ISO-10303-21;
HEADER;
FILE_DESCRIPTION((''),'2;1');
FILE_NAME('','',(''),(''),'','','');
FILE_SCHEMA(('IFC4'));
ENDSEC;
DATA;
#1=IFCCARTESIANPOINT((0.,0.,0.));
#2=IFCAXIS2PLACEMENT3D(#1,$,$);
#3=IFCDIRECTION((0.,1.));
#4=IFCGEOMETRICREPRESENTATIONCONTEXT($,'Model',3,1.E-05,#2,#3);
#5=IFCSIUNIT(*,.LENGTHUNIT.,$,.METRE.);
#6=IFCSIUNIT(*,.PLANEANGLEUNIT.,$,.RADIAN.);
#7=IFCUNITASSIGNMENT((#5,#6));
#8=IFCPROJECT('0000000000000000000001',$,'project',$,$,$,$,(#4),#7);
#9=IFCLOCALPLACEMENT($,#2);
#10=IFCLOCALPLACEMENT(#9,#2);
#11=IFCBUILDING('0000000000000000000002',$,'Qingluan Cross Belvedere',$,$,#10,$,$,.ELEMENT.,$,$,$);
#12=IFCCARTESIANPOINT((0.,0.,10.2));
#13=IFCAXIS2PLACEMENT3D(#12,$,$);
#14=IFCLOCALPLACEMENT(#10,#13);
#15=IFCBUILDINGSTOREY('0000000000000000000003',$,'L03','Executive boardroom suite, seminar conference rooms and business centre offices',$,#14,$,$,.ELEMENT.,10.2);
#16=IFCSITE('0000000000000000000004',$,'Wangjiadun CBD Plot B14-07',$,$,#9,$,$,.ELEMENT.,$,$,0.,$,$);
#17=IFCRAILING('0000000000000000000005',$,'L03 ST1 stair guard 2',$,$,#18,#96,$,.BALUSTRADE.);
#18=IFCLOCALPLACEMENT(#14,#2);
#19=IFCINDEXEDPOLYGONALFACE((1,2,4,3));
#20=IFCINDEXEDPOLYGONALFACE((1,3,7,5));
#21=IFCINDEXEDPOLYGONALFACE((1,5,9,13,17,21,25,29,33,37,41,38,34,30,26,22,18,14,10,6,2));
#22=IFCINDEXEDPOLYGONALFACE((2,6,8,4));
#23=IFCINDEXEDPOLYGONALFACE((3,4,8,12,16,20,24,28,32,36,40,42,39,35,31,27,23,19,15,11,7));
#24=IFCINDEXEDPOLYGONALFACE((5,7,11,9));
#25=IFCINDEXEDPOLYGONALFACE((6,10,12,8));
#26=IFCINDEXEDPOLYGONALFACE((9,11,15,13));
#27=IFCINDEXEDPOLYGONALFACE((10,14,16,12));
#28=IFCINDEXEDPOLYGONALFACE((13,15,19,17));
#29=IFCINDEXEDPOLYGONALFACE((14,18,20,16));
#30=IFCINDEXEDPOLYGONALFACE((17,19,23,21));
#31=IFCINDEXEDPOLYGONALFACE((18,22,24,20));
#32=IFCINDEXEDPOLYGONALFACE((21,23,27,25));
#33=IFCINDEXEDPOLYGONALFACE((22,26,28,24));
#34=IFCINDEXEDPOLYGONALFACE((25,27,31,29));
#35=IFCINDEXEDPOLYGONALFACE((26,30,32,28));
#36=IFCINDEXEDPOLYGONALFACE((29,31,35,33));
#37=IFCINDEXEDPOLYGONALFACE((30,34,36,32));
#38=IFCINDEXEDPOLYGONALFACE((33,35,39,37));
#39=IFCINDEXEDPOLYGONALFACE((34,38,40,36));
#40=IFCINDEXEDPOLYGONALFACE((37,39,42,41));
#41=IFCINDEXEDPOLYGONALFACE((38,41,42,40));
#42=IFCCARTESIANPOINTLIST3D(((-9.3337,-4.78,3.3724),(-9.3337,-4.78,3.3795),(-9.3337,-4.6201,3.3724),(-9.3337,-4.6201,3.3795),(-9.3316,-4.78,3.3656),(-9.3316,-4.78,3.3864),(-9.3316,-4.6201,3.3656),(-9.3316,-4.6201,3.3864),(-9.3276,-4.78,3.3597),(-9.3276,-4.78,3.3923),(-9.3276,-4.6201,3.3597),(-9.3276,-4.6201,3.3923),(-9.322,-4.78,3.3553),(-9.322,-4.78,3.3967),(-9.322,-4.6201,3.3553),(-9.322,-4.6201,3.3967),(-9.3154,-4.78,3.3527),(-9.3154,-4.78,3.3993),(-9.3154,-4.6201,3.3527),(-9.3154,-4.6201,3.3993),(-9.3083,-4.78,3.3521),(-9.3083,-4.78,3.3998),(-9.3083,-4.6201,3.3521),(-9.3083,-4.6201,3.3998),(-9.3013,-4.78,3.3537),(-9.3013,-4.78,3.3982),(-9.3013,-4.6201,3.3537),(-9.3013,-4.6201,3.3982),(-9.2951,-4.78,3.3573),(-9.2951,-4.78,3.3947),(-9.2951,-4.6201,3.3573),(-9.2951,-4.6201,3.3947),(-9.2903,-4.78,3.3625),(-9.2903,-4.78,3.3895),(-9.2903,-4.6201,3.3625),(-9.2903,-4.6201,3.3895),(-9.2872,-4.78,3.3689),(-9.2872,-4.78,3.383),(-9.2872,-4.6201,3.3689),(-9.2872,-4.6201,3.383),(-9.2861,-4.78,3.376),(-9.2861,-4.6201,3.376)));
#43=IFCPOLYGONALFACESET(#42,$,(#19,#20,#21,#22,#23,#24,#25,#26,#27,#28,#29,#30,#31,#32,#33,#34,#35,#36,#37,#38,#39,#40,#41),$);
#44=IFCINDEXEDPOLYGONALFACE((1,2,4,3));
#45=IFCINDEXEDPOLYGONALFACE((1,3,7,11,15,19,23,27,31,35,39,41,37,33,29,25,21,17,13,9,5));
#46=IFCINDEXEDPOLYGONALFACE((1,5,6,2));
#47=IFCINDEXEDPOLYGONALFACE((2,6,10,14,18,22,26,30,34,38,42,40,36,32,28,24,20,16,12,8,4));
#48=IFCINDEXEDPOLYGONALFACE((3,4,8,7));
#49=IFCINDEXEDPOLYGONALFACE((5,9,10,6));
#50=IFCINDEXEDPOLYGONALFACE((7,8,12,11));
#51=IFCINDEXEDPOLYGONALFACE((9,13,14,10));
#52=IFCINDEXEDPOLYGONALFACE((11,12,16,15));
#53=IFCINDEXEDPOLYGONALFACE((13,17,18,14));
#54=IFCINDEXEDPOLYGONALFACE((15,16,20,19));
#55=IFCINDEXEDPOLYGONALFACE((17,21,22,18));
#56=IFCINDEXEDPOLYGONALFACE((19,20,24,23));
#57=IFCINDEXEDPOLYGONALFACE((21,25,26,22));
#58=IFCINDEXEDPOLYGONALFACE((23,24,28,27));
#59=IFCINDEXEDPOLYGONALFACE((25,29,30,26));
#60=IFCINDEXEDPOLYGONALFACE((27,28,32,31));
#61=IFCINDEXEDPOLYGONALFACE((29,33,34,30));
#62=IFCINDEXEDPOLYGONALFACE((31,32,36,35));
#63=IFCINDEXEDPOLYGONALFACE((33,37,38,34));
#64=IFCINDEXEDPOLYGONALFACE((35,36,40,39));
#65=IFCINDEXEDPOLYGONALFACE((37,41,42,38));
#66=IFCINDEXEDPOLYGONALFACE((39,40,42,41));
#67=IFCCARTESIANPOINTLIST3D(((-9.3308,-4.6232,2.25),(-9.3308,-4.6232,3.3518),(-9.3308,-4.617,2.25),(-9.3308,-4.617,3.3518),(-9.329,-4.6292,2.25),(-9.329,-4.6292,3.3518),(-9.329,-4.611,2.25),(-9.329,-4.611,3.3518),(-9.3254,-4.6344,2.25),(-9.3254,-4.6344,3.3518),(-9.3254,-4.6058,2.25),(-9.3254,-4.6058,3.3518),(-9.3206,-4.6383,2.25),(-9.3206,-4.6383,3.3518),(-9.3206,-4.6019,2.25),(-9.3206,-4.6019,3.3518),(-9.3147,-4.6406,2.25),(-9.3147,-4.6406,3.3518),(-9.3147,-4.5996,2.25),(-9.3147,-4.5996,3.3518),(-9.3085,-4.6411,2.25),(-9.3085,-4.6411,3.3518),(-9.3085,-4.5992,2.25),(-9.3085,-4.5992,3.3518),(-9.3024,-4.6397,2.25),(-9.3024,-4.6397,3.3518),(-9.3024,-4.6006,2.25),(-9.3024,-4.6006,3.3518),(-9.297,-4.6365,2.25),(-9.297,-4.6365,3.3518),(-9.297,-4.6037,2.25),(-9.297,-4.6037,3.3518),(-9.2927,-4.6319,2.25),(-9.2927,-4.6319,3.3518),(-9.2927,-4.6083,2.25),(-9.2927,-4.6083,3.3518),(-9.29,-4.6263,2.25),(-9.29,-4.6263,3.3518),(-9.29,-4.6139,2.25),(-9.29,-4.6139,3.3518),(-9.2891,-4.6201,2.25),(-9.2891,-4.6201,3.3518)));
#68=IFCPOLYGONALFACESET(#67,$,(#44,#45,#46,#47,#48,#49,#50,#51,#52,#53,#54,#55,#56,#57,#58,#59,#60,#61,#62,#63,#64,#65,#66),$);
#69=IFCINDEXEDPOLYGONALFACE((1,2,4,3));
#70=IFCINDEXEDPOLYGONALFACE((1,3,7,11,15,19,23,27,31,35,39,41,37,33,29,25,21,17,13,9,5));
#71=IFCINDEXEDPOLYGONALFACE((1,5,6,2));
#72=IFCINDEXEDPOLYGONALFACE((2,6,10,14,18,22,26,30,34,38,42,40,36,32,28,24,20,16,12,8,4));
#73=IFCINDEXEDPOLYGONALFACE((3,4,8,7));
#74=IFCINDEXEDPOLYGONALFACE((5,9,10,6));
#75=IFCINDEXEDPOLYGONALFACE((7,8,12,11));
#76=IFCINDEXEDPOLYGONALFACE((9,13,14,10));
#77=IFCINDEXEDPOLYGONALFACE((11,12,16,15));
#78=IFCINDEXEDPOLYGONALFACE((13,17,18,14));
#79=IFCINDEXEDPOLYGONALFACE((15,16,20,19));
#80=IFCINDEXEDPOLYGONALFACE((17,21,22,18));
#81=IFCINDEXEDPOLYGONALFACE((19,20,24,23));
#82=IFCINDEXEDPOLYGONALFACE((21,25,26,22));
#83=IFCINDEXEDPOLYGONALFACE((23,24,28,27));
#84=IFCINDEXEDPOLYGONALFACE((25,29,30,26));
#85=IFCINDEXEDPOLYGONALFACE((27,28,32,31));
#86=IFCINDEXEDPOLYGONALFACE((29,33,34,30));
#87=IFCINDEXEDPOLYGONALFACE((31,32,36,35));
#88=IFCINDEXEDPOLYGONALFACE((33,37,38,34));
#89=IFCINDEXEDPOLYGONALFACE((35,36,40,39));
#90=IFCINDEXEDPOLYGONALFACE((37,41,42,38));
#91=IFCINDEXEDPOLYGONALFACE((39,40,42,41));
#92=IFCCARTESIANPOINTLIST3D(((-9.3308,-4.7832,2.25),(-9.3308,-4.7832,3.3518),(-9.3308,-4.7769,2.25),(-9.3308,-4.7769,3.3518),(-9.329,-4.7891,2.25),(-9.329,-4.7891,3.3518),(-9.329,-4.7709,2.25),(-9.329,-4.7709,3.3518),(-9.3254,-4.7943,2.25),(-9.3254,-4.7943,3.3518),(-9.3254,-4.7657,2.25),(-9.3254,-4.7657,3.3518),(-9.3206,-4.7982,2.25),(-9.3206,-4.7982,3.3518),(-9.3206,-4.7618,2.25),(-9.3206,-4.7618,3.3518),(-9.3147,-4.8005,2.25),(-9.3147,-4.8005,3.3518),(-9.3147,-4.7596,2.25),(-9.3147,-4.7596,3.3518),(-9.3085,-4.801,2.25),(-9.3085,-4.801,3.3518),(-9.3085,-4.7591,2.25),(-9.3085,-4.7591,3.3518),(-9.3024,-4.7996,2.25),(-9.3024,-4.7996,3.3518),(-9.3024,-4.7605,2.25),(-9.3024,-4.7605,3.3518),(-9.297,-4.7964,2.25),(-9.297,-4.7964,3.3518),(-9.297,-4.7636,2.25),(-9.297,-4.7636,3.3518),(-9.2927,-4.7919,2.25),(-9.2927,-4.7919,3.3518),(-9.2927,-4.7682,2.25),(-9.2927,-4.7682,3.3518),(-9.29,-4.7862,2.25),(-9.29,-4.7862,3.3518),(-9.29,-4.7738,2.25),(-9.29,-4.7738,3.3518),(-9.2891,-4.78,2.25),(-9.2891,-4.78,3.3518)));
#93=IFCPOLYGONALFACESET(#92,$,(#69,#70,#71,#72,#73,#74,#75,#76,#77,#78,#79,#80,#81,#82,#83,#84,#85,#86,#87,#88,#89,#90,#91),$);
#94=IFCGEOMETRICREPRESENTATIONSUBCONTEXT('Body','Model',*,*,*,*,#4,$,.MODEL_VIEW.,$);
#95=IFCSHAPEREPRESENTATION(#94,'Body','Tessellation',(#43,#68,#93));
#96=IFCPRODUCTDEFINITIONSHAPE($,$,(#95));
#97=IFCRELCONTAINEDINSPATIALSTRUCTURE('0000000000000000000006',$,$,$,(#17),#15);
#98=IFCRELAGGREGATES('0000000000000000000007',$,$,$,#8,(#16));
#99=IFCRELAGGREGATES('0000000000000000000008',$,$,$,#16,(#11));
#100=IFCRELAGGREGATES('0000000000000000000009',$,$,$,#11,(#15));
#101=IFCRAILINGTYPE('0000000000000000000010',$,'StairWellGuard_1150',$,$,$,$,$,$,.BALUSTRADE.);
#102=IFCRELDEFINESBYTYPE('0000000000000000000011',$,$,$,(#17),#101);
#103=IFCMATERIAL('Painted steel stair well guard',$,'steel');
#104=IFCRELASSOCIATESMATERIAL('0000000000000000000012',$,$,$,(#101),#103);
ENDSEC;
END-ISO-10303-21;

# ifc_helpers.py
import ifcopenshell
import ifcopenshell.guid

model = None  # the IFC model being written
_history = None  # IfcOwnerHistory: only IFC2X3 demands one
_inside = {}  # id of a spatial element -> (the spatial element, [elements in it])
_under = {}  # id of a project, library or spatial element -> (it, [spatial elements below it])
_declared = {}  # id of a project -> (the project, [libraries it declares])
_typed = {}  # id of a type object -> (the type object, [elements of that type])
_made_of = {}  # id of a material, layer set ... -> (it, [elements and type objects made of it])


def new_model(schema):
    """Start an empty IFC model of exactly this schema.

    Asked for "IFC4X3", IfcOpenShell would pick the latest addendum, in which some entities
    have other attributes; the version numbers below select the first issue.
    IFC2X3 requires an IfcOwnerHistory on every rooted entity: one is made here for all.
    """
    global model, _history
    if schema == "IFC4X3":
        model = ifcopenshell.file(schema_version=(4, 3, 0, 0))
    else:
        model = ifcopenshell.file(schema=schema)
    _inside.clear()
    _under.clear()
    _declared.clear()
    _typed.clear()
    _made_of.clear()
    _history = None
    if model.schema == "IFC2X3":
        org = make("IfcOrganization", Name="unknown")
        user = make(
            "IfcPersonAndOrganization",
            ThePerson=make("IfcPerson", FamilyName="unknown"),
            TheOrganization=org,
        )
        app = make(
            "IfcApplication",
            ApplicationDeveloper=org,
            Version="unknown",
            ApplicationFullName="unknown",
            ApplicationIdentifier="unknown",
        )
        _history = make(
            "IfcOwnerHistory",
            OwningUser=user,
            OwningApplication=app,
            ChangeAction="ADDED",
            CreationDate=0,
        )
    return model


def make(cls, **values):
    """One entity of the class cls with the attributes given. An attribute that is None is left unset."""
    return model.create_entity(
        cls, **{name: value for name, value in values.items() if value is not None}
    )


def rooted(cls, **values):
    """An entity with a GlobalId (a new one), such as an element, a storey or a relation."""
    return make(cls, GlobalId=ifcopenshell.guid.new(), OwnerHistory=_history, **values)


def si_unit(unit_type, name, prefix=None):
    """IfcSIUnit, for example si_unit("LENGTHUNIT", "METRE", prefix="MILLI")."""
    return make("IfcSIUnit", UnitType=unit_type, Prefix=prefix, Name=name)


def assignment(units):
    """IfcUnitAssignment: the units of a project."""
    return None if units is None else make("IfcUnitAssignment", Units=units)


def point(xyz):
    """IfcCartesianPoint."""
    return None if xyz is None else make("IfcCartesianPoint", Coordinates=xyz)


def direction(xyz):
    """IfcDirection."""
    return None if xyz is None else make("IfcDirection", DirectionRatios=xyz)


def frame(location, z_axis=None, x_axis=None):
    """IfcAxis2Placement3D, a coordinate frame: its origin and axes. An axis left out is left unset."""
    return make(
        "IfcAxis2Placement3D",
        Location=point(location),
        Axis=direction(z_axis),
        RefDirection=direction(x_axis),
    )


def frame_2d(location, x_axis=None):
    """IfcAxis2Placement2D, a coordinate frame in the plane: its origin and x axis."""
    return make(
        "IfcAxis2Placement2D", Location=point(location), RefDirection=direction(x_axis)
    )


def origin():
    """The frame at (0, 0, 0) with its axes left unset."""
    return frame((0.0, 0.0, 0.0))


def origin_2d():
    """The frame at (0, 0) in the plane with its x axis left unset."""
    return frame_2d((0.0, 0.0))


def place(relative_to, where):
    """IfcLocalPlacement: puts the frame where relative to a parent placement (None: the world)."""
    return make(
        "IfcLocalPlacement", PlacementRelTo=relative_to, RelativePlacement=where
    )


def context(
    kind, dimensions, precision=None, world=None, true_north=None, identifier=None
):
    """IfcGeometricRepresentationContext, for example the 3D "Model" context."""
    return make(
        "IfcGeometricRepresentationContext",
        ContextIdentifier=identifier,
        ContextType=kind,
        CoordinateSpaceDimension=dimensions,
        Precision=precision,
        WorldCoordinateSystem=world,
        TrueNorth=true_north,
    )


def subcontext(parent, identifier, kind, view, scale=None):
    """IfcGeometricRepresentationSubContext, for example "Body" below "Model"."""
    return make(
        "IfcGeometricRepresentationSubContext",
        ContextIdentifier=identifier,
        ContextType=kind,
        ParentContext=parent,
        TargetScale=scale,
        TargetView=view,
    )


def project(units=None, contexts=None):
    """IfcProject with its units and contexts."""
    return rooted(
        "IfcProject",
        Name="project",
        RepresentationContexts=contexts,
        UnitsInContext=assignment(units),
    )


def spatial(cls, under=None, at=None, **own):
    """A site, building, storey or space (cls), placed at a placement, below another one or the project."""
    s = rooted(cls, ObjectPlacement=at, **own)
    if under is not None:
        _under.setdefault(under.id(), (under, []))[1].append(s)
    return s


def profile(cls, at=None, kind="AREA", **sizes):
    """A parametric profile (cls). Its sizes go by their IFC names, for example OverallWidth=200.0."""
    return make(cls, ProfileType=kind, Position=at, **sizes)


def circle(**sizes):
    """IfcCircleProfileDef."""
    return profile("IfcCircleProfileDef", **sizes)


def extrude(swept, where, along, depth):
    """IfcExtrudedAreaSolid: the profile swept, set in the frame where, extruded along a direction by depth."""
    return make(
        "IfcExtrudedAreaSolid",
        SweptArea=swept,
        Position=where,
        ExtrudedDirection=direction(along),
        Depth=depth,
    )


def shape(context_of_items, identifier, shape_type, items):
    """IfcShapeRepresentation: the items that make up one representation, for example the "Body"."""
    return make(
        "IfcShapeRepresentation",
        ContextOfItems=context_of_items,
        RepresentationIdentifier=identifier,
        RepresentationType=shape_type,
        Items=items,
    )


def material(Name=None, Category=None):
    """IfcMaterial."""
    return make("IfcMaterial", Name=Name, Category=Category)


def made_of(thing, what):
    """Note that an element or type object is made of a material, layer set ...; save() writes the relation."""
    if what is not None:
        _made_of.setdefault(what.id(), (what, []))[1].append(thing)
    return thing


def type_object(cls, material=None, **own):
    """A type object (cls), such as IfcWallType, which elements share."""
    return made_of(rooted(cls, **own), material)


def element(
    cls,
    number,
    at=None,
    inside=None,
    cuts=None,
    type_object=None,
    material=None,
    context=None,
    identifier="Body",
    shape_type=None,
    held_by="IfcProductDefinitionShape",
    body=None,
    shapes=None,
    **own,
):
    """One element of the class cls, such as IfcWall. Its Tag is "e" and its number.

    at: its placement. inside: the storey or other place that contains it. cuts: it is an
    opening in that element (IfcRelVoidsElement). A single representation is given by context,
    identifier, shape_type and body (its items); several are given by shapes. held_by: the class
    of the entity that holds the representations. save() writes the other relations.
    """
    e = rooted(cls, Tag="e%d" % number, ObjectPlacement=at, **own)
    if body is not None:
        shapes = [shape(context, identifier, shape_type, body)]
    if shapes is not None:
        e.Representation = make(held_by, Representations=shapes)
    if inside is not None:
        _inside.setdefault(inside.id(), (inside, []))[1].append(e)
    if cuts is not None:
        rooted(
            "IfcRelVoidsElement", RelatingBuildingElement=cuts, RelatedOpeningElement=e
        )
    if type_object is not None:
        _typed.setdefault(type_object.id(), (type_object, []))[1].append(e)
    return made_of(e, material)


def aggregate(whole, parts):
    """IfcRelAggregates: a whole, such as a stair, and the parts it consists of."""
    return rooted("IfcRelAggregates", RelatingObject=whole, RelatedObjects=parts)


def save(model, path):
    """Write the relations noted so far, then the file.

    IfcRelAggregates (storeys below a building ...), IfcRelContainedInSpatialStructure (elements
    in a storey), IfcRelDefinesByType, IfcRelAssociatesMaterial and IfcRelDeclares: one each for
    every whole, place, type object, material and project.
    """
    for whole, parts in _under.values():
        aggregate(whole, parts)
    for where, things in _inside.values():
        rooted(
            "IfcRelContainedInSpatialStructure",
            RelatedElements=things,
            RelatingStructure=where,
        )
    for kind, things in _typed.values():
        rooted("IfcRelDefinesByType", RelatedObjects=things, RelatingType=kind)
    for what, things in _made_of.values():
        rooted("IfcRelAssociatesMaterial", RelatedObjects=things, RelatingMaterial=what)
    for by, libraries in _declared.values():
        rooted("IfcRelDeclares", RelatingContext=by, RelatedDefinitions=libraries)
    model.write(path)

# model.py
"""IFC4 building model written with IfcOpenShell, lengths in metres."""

from ifc_helpers import new_model, si_unit, direction, frame, origin, origin_2d, place, context, subcontext, project, spatial, circle, extrude, material, type_object, element, save


model = new_model("IFC4")

# Units and contexts
model_context = context("Model", 3, precision=1e-05, world=origin(), true_north=direction((0.0, 1.0)))
body_context = subcontext(model_context, "Body", "Model", "MODEL_VIEW")
ifc_project = project(units=[si_unit("LENGTHUNIT", "METRE"), si_unit("PLANEANGLEUNIT", "RADIAN")], contexts=[model_context])

# Site, building, storey
site_placement = place(None, origin())
site = spatial("IfcSite", under=ifc_project, at=site_placement, Name="Wangjiadun CBD Plot B14-07", CompositionType="ELEMENT", RefElevation=0.0)
building_placement = place(site_placement, origin())
building = spatial("IfcBuilding", under=site, at=building_placement, Name="Qingluan Cross Belvedere", CompositionType="ELEMENT")
storey_placement = place(building_placement, frame((0.0, 0.0, 10.2)))
storey = spatial("IfcBuildingStorey", under=building, at=storey_placement, Name="L03", Description="Executive boardroom suite, seminar conference rooms and business centre offices", CompositionType="ELEMENT", Elevation=10.2)

# Railing
ifc_material_1 = material(Name="Painted steel stair well guard", Category="steel")
railing_type_1 = type_object("IfcRailingType", Name="StairWellGuard_1150", PredefinedType="BALUSTRADE", material=ifc_material_1)
railing_1_placement = place(storey_placement, frame((-9.3101, -4.6201, 2.25)))
element("IfcRailing", 1, at=railing_1_placement, inside=storey, type_object=railing_type_1, Name="L03 ST1 stair guard 2", PredefinedType="BALUSTRADE", context=body_context, shape_type="SweptSolid", body=[
    extrude(circle(Radius=0.0239, at=origin_2d()), frame((0.0, 0.0, 1.126), z_axis=(0.0, -1.0, 0.0), x_axis=(1.0, 0.0, 0.0)), (0.0, 0.0, 1.0), 0.1599),
    extrude(circle(Radius=0.021, at=origin_2d()), origin(), (0.0, 0.0, 1.0), 1.1018),
    extrude(circle(Radius=0.021, at=origin_2d()), frame((0.0, -0.1599, 0.0)), (0.0, 0.0, 1.0), 1.1018),
])

save(model, "model.ifc")
